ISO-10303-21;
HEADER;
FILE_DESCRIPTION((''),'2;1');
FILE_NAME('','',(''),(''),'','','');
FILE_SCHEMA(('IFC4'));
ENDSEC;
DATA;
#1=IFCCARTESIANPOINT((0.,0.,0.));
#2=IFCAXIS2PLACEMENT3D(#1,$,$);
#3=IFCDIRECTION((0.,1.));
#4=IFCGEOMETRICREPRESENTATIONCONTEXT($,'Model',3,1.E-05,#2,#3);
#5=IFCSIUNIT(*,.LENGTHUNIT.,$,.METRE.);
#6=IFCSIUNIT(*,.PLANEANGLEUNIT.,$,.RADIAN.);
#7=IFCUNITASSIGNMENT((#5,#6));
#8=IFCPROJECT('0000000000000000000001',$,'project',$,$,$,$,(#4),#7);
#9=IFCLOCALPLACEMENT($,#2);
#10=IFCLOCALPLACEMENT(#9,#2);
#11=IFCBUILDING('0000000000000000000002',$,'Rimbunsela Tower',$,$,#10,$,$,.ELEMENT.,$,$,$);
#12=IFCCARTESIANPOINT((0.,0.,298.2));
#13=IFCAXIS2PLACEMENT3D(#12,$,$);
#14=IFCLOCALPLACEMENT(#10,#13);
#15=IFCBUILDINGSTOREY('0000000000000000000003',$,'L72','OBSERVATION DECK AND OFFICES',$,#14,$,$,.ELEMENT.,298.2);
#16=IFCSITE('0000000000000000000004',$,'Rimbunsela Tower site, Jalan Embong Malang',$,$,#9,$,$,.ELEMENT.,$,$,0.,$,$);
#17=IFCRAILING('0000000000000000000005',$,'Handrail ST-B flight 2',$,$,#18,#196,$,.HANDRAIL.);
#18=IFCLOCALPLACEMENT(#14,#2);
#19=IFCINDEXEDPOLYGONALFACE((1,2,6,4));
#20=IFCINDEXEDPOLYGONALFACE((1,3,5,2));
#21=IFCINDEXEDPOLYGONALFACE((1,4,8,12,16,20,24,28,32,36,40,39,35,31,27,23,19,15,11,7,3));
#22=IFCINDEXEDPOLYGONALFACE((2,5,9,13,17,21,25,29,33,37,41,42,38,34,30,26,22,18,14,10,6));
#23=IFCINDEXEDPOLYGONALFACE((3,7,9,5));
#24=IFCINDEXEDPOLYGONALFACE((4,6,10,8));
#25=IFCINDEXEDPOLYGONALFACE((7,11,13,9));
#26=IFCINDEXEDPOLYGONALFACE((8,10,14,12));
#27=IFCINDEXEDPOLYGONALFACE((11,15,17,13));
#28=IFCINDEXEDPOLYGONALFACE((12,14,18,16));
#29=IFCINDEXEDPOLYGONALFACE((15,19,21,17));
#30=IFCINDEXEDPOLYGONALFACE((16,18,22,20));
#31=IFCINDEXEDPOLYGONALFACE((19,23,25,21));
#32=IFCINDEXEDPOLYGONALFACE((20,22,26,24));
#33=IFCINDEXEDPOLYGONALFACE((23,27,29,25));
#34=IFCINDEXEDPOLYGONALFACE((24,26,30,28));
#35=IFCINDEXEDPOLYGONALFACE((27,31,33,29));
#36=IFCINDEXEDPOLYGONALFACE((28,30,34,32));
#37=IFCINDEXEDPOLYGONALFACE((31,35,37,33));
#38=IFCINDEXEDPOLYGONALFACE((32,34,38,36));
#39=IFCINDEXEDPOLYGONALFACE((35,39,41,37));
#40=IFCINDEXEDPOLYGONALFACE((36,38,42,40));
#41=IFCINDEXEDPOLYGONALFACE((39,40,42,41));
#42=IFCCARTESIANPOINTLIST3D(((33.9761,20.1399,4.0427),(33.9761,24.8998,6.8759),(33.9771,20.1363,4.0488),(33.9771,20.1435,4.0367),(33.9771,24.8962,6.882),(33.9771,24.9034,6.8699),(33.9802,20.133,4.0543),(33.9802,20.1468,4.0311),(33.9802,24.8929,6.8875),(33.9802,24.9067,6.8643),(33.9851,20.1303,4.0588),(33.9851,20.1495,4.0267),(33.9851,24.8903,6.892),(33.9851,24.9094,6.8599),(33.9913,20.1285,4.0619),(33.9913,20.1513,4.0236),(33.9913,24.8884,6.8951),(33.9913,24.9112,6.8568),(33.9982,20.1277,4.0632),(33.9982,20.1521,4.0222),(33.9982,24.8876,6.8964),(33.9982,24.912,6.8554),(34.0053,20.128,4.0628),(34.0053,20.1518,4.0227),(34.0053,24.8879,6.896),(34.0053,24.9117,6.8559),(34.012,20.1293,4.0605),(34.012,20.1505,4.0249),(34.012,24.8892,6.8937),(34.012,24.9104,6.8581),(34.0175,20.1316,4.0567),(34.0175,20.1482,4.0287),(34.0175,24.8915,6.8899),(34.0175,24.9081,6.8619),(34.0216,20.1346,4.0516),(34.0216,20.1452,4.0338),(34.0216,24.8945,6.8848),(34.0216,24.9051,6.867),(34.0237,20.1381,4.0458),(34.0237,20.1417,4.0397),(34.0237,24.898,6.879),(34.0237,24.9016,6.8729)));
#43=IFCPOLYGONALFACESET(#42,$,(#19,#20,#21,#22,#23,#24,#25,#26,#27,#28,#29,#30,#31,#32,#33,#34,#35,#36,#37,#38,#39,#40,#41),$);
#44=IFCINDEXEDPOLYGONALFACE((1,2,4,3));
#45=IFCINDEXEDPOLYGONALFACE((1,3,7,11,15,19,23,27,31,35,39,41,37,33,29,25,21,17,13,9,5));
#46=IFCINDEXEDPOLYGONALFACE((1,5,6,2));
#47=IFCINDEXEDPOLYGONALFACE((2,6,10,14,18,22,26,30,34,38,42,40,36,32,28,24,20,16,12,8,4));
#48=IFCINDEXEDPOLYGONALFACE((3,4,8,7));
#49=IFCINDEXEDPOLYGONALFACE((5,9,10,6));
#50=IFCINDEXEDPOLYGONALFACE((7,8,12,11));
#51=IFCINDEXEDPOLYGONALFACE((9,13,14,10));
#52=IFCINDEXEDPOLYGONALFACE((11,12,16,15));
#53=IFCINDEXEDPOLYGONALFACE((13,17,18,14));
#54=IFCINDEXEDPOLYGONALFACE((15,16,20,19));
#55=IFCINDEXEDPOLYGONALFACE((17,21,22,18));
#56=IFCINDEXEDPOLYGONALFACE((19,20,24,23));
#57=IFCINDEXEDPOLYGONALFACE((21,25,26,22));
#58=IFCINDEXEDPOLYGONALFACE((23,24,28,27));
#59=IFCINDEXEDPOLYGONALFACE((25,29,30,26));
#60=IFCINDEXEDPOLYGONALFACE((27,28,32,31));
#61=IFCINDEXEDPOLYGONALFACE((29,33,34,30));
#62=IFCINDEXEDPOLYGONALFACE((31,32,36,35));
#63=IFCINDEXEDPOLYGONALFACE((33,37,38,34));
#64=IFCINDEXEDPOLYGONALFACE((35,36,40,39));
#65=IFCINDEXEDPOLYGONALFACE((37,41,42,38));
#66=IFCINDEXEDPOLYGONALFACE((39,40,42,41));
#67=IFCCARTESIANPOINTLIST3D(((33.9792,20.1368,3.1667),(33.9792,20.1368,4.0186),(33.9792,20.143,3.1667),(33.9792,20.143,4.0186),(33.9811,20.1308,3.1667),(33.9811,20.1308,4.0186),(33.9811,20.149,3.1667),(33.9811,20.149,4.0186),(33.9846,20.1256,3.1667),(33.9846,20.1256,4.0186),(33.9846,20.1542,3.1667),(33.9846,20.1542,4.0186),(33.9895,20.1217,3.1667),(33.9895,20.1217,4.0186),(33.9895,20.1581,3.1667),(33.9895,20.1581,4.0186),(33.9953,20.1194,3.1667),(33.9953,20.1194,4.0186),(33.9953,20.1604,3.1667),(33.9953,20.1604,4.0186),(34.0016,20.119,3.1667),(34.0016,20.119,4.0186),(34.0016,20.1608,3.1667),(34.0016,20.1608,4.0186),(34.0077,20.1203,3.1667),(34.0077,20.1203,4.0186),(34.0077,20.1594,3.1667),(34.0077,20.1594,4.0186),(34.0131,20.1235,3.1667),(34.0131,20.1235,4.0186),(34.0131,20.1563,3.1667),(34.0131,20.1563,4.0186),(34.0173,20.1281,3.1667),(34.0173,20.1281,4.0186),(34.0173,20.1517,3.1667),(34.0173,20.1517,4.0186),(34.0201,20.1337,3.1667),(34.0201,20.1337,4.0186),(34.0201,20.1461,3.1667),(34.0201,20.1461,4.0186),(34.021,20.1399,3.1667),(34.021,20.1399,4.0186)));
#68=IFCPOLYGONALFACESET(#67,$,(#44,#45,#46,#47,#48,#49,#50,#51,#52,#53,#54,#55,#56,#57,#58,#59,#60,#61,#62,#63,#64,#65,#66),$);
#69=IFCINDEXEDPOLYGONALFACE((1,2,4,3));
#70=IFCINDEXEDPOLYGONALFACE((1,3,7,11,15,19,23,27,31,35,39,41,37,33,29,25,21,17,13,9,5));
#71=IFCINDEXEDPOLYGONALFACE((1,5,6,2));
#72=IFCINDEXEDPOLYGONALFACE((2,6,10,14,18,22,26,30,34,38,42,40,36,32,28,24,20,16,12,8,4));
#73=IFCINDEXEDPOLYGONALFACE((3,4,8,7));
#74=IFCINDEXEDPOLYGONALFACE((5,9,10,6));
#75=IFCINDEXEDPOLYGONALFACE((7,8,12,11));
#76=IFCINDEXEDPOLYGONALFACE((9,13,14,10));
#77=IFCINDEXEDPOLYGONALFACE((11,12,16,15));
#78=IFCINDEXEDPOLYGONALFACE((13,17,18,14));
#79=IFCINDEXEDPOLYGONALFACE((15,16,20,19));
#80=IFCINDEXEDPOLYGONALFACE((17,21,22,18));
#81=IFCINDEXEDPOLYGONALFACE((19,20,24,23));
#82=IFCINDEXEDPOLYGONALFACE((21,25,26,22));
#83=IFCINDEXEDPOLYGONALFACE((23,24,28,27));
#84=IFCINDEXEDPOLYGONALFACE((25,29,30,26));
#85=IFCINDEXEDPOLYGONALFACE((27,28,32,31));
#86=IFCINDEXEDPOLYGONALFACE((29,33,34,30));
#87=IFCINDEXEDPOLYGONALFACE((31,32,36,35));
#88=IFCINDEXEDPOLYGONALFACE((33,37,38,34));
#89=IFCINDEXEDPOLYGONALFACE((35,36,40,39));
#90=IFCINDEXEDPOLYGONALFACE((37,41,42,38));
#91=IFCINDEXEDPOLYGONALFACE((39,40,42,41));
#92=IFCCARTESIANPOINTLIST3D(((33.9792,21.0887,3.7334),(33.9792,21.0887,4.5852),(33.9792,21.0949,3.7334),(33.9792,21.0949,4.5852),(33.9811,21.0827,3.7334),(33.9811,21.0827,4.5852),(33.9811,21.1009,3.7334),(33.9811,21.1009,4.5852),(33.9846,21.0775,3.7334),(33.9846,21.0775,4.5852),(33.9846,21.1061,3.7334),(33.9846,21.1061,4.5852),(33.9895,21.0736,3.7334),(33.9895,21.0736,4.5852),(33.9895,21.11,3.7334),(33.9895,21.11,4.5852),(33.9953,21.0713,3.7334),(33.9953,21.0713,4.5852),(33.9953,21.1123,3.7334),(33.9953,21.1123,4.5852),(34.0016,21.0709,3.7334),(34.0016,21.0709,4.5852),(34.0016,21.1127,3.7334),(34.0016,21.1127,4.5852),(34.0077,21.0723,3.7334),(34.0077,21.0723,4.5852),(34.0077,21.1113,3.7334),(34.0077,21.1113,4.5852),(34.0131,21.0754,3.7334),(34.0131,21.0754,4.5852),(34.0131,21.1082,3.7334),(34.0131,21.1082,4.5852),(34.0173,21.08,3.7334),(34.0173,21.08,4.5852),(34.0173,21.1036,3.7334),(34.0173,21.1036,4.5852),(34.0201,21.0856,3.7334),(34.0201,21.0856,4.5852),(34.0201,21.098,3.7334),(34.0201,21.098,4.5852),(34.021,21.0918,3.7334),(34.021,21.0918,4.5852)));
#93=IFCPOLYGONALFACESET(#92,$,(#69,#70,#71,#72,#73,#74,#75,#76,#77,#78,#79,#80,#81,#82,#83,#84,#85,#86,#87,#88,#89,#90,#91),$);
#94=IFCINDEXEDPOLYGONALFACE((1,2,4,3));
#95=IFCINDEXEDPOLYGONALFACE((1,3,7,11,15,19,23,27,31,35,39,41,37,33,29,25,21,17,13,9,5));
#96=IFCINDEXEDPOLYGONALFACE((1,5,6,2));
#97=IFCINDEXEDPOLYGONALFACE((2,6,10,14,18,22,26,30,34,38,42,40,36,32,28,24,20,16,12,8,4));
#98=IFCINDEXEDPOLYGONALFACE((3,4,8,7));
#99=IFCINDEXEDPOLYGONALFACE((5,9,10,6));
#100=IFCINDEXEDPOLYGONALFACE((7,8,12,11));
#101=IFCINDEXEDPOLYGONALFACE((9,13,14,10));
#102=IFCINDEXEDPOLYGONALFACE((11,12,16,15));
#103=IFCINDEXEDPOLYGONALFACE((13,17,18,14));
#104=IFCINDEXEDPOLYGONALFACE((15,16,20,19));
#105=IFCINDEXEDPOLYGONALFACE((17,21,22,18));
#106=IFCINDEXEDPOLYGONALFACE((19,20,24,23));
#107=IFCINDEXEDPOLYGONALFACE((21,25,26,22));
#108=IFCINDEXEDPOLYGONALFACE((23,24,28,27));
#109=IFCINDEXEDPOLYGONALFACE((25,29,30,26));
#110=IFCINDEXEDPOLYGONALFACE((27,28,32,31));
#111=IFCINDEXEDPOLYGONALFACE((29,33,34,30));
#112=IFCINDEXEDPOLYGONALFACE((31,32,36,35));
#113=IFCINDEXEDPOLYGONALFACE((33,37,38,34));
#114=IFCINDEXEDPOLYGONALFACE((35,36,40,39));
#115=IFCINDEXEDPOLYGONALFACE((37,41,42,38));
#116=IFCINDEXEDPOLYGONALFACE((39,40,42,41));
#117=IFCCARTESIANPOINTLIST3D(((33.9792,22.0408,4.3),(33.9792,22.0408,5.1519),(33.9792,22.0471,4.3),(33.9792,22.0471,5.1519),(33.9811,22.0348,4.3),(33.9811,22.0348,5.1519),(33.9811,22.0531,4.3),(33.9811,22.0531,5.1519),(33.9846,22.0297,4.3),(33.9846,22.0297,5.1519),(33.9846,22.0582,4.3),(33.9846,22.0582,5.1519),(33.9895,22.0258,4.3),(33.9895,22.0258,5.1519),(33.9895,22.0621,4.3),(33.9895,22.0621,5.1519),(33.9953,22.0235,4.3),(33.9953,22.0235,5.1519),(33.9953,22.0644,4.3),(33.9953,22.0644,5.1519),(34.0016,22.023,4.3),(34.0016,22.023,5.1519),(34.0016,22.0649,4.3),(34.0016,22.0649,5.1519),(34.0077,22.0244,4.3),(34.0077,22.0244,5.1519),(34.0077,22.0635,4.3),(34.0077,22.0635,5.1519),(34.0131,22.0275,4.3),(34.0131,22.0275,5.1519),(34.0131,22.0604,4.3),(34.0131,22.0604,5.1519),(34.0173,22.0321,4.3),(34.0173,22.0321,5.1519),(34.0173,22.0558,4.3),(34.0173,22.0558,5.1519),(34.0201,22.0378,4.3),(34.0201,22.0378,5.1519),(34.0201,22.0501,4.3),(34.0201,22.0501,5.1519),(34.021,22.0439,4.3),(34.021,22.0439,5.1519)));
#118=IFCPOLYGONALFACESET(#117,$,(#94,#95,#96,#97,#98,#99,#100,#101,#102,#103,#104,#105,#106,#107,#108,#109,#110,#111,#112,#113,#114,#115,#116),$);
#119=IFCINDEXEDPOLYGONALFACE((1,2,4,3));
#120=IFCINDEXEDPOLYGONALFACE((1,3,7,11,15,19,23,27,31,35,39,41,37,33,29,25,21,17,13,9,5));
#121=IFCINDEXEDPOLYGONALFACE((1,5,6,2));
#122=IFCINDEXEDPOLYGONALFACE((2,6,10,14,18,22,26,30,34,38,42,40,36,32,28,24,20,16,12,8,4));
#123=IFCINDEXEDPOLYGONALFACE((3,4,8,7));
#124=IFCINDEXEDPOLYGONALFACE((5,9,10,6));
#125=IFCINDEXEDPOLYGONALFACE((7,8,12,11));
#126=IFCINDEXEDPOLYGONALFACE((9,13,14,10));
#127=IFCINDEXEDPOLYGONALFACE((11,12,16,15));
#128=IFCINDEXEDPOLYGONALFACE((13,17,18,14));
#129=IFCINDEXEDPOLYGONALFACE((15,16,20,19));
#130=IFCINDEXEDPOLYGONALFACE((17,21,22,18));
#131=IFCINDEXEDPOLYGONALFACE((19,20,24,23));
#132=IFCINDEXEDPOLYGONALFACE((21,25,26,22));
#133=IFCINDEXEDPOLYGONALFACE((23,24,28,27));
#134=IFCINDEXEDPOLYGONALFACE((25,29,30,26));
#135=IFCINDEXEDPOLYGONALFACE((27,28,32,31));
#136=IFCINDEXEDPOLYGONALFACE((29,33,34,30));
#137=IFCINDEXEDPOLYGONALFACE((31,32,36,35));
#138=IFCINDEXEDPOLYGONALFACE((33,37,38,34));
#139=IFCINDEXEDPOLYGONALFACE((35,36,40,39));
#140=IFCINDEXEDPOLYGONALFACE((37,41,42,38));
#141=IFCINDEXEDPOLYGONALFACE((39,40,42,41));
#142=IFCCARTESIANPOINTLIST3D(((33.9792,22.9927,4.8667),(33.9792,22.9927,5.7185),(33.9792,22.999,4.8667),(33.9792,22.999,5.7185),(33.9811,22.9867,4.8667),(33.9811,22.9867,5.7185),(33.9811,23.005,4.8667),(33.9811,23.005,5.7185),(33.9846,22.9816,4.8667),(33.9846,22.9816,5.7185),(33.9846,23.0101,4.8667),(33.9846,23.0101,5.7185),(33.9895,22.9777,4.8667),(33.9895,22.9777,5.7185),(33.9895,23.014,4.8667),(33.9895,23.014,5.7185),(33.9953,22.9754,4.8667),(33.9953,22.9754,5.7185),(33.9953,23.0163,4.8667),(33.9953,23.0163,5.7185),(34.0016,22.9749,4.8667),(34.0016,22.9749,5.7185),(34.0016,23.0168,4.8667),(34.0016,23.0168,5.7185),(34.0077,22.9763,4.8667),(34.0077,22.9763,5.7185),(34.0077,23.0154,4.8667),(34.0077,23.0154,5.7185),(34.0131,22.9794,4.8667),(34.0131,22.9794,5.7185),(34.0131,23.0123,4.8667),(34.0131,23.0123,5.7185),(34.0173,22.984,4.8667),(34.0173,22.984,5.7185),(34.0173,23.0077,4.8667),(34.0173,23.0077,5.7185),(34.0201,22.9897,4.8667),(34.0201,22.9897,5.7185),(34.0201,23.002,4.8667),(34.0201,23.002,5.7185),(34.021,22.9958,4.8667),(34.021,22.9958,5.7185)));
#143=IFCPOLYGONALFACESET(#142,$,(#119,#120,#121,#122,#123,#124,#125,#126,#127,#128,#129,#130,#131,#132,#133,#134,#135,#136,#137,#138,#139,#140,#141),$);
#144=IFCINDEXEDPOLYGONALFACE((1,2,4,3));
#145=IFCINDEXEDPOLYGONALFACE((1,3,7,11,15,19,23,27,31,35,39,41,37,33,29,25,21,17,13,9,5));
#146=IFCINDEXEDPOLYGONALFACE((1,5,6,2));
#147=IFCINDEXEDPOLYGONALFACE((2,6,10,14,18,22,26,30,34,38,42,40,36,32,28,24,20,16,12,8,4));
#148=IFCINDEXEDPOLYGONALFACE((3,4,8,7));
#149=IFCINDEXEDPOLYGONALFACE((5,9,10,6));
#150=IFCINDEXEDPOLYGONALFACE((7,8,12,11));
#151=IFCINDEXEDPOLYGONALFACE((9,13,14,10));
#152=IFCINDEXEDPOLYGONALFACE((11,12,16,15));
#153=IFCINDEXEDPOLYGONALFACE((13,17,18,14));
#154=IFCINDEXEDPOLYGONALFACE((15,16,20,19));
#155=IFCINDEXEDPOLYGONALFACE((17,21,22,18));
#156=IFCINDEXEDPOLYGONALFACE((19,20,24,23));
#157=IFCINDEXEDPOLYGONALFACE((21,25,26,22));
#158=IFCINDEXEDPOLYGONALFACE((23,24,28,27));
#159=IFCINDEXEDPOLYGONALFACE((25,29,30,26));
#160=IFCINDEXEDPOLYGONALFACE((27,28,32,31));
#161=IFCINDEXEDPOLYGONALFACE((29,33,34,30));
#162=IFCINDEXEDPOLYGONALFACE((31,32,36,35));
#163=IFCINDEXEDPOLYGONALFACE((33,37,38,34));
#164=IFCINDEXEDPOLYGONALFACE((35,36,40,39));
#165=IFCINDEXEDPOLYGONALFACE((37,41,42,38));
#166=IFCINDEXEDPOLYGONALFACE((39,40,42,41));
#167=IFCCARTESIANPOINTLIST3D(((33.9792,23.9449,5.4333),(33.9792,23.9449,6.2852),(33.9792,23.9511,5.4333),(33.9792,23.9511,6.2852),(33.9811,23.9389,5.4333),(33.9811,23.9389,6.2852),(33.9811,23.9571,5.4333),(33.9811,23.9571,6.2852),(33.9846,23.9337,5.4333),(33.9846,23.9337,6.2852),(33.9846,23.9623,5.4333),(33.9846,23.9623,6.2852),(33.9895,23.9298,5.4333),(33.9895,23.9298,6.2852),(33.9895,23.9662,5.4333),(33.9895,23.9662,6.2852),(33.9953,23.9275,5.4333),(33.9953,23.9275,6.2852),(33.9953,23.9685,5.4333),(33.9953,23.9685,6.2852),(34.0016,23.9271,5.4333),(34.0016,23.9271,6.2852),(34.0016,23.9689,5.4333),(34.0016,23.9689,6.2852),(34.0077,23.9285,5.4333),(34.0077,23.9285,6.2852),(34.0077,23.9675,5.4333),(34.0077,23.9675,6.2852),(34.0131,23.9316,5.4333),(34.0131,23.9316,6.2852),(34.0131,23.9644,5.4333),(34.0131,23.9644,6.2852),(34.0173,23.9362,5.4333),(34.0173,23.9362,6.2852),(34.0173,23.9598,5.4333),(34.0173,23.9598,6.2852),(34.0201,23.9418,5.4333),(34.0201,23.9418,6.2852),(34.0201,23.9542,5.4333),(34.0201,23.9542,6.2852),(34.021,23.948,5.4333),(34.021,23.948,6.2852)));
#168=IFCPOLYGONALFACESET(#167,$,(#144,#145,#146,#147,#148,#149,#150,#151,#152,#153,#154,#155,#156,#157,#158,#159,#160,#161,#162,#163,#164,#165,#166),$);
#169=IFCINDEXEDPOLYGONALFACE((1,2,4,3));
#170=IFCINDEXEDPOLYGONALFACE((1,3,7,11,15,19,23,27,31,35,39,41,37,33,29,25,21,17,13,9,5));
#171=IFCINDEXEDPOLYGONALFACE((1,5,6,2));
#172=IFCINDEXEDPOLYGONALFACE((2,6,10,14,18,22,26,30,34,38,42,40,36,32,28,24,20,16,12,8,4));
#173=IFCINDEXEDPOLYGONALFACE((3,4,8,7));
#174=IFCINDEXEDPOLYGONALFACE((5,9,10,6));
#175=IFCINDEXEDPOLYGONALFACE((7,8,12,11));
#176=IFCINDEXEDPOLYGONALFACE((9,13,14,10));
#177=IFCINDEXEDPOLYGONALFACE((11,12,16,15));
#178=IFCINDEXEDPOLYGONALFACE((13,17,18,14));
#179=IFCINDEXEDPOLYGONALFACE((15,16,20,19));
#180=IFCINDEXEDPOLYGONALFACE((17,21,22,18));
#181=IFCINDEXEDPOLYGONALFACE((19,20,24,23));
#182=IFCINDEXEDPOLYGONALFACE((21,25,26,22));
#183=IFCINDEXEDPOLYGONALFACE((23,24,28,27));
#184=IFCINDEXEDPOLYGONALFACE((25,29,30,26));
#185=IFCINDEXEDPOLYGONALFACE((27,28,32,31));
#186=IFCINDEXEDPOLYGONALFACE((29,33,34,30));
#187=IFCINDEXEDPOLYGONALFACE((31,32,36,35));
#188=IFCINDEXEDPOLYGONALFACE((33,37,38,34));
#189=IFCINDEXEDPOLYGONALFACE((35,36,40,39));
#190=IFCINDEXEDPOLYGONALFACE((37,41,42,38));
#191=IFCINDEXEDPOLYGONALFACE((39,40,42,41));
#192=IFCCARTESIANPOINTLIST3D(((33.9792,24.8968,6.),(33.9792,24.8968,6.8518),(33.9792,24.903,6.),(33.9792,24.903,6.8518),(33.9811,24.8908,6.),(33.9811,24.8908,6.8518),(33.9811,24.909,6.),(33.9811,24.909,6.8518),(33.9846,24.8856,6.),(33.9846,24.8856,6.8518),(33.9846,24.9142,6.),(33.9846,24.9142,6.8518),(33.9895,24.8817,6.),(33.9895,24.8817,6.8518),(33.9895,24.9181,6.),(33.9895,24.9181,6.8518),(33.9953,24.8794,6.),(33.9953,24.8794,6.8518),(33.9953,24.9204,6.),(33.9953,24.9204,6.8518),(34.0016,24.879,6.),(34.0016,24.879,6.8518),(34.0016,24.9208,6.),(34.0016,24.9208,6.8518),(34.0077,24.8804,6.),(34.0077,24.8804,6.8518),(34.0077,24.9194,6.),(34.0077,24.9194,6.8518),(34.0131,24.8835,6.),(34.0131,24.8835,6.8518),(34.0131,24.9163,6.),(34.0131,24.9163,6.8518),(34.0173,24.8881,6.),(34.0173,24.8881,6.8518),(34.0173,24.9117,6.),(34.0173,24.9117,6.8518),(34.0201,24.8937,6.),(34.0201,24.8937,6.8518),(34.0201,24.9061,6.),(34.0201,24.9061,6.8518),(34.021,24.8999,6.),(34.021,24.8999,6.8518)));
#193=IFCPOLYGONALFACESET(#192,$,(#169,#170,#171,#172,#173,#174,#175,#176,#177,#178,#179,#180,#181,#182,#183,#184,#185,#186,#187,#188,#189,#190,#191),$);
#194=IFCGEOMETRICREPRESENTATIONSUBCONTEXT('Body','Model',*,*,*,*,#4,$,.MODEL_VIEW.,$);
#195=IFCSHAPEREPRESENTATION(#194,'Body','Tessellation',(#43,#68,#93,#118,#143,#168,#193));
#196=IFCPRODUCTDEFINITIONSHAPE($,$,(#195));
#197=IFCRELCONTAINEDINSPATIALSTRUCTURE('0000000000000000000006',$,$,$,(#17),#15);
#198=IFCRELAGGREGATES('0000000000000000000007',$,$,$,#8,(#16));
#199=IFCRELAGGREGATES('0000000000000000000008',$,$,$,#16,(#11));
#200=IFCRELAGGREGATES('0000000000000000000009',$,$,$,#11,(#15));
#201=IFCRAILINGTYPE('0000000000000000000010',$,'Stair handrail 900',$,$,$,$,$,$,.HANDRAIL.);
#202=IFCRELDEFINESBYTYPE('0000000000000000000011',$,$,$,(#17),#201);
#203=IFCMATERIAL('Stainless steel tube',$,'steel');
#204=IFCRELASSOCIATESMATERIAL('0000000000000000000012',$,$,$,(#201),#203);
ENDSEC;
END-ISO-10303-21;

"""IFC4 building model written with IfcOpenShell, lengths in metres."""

from ifc_helpers import new_model, si_unit, direction, frame, origin, origin_2d, place, context, subcontext, project, spatial, circle, extrude, material, type_object, element, save


model = new_model("IFC4")

# Units and contexts
model_context = context("Model", 3, precision=1e-05, world=origin(), true_north=direction((0.0, 1.0)))
body_context = subcontext(model_context, "Body", "Model", "MODEL_VIEW")
ifc_project = project(units=[si_unit("LENGTHUNIT", "METRE"), si_unit("PLANEANGLEUNIT", "RADIAN")], contexts=[model_context])

# Site, building, storey
site_placement = place(None, origin())
site = spatial("IfcSite", under=ifc_project, at=site_placement, Name="Rimbunsela Tower site, Jalan Embong Malang", CompositionType="ELEMENT", RefElevation=0.0)
building_placement = place(site_placement, origin())
building = spatial("IfcBuilding", under=site, at=building_placement, Name="Rimbunsela Tower", CompositionType="ELEMENT")
storey_placement = place(building_placement, frame((0.0, 0.0, 298.2)))
storey = spatial("IfcBuildingStorey", under=building, at=storey_placement, Name="L72", Description="OBSERVATION DECK AND OFFICES", CompositionType="ELEMENT", Elevation=298.2)

# Railing
ifc_material_1 = material(Name="Stainless steel tube", Category="steel")
railing_type = type_object("IfcRailingType", Name="Stair handrail 900", PredefinedType="HANDRAIL", material=ifc_material_1)
for number, where, name in (
    (1, (34.0, 20.1399, 3.1667), "Handrail ST-B flight 2"),
):
    element("IfcRailing", number, at=place(storey_placement, frame(where)), inside=storey, type_object=railing_type, Name=name, PredefinedType="HANDRAIL", context=body_context, shape_type="SweptSolid", body=[
        extrude(circle(Radius=0.0239, at=origin_2d()), frame((0.0, 0.0, 0.876), z_axis=(0.0, 0.8593, 0.511472), x_axis=(-1.0, 0.0, 0.0)), (0.0, 0.0, 1.0), 5.5393),
        extrude(circle(Radius=0.021, at=origin_2d()), origin(), (0.0, 0.0, 1.0), 0.8518),
        extrude(circle(Radius=0.021, at=origin_2d()), frame((0.0, 0.9519, 0.5667)), (0.0, 0.0, 1.0), 0.8518),
        extrude(circle(Radius=0.021, at=origin_2d()), frame((0.0, 1.9041, 1.1333)), (0.0, 0.0, 1.0), 0.8518),
        extrude(circle(Radius=0.021, at=origin_2d()), frame((0.0, 2.856, 1.7)), (0.0, 0.0, 1.0), 0.8518),
        extrude(circle(Radius=0.021, at=origin_2d()), frame((0.0, 3.8081, 2.2666)), (0.0, 0.0, 1.0), 0.8518),
        extrude(circle(Radius=0.021, at=origin_2d()), frame((0.0, 4.76, 2.8333)), (0.0, 0.0, 1.0), 0.8518),
    ])

save(model, "model.ifc")
